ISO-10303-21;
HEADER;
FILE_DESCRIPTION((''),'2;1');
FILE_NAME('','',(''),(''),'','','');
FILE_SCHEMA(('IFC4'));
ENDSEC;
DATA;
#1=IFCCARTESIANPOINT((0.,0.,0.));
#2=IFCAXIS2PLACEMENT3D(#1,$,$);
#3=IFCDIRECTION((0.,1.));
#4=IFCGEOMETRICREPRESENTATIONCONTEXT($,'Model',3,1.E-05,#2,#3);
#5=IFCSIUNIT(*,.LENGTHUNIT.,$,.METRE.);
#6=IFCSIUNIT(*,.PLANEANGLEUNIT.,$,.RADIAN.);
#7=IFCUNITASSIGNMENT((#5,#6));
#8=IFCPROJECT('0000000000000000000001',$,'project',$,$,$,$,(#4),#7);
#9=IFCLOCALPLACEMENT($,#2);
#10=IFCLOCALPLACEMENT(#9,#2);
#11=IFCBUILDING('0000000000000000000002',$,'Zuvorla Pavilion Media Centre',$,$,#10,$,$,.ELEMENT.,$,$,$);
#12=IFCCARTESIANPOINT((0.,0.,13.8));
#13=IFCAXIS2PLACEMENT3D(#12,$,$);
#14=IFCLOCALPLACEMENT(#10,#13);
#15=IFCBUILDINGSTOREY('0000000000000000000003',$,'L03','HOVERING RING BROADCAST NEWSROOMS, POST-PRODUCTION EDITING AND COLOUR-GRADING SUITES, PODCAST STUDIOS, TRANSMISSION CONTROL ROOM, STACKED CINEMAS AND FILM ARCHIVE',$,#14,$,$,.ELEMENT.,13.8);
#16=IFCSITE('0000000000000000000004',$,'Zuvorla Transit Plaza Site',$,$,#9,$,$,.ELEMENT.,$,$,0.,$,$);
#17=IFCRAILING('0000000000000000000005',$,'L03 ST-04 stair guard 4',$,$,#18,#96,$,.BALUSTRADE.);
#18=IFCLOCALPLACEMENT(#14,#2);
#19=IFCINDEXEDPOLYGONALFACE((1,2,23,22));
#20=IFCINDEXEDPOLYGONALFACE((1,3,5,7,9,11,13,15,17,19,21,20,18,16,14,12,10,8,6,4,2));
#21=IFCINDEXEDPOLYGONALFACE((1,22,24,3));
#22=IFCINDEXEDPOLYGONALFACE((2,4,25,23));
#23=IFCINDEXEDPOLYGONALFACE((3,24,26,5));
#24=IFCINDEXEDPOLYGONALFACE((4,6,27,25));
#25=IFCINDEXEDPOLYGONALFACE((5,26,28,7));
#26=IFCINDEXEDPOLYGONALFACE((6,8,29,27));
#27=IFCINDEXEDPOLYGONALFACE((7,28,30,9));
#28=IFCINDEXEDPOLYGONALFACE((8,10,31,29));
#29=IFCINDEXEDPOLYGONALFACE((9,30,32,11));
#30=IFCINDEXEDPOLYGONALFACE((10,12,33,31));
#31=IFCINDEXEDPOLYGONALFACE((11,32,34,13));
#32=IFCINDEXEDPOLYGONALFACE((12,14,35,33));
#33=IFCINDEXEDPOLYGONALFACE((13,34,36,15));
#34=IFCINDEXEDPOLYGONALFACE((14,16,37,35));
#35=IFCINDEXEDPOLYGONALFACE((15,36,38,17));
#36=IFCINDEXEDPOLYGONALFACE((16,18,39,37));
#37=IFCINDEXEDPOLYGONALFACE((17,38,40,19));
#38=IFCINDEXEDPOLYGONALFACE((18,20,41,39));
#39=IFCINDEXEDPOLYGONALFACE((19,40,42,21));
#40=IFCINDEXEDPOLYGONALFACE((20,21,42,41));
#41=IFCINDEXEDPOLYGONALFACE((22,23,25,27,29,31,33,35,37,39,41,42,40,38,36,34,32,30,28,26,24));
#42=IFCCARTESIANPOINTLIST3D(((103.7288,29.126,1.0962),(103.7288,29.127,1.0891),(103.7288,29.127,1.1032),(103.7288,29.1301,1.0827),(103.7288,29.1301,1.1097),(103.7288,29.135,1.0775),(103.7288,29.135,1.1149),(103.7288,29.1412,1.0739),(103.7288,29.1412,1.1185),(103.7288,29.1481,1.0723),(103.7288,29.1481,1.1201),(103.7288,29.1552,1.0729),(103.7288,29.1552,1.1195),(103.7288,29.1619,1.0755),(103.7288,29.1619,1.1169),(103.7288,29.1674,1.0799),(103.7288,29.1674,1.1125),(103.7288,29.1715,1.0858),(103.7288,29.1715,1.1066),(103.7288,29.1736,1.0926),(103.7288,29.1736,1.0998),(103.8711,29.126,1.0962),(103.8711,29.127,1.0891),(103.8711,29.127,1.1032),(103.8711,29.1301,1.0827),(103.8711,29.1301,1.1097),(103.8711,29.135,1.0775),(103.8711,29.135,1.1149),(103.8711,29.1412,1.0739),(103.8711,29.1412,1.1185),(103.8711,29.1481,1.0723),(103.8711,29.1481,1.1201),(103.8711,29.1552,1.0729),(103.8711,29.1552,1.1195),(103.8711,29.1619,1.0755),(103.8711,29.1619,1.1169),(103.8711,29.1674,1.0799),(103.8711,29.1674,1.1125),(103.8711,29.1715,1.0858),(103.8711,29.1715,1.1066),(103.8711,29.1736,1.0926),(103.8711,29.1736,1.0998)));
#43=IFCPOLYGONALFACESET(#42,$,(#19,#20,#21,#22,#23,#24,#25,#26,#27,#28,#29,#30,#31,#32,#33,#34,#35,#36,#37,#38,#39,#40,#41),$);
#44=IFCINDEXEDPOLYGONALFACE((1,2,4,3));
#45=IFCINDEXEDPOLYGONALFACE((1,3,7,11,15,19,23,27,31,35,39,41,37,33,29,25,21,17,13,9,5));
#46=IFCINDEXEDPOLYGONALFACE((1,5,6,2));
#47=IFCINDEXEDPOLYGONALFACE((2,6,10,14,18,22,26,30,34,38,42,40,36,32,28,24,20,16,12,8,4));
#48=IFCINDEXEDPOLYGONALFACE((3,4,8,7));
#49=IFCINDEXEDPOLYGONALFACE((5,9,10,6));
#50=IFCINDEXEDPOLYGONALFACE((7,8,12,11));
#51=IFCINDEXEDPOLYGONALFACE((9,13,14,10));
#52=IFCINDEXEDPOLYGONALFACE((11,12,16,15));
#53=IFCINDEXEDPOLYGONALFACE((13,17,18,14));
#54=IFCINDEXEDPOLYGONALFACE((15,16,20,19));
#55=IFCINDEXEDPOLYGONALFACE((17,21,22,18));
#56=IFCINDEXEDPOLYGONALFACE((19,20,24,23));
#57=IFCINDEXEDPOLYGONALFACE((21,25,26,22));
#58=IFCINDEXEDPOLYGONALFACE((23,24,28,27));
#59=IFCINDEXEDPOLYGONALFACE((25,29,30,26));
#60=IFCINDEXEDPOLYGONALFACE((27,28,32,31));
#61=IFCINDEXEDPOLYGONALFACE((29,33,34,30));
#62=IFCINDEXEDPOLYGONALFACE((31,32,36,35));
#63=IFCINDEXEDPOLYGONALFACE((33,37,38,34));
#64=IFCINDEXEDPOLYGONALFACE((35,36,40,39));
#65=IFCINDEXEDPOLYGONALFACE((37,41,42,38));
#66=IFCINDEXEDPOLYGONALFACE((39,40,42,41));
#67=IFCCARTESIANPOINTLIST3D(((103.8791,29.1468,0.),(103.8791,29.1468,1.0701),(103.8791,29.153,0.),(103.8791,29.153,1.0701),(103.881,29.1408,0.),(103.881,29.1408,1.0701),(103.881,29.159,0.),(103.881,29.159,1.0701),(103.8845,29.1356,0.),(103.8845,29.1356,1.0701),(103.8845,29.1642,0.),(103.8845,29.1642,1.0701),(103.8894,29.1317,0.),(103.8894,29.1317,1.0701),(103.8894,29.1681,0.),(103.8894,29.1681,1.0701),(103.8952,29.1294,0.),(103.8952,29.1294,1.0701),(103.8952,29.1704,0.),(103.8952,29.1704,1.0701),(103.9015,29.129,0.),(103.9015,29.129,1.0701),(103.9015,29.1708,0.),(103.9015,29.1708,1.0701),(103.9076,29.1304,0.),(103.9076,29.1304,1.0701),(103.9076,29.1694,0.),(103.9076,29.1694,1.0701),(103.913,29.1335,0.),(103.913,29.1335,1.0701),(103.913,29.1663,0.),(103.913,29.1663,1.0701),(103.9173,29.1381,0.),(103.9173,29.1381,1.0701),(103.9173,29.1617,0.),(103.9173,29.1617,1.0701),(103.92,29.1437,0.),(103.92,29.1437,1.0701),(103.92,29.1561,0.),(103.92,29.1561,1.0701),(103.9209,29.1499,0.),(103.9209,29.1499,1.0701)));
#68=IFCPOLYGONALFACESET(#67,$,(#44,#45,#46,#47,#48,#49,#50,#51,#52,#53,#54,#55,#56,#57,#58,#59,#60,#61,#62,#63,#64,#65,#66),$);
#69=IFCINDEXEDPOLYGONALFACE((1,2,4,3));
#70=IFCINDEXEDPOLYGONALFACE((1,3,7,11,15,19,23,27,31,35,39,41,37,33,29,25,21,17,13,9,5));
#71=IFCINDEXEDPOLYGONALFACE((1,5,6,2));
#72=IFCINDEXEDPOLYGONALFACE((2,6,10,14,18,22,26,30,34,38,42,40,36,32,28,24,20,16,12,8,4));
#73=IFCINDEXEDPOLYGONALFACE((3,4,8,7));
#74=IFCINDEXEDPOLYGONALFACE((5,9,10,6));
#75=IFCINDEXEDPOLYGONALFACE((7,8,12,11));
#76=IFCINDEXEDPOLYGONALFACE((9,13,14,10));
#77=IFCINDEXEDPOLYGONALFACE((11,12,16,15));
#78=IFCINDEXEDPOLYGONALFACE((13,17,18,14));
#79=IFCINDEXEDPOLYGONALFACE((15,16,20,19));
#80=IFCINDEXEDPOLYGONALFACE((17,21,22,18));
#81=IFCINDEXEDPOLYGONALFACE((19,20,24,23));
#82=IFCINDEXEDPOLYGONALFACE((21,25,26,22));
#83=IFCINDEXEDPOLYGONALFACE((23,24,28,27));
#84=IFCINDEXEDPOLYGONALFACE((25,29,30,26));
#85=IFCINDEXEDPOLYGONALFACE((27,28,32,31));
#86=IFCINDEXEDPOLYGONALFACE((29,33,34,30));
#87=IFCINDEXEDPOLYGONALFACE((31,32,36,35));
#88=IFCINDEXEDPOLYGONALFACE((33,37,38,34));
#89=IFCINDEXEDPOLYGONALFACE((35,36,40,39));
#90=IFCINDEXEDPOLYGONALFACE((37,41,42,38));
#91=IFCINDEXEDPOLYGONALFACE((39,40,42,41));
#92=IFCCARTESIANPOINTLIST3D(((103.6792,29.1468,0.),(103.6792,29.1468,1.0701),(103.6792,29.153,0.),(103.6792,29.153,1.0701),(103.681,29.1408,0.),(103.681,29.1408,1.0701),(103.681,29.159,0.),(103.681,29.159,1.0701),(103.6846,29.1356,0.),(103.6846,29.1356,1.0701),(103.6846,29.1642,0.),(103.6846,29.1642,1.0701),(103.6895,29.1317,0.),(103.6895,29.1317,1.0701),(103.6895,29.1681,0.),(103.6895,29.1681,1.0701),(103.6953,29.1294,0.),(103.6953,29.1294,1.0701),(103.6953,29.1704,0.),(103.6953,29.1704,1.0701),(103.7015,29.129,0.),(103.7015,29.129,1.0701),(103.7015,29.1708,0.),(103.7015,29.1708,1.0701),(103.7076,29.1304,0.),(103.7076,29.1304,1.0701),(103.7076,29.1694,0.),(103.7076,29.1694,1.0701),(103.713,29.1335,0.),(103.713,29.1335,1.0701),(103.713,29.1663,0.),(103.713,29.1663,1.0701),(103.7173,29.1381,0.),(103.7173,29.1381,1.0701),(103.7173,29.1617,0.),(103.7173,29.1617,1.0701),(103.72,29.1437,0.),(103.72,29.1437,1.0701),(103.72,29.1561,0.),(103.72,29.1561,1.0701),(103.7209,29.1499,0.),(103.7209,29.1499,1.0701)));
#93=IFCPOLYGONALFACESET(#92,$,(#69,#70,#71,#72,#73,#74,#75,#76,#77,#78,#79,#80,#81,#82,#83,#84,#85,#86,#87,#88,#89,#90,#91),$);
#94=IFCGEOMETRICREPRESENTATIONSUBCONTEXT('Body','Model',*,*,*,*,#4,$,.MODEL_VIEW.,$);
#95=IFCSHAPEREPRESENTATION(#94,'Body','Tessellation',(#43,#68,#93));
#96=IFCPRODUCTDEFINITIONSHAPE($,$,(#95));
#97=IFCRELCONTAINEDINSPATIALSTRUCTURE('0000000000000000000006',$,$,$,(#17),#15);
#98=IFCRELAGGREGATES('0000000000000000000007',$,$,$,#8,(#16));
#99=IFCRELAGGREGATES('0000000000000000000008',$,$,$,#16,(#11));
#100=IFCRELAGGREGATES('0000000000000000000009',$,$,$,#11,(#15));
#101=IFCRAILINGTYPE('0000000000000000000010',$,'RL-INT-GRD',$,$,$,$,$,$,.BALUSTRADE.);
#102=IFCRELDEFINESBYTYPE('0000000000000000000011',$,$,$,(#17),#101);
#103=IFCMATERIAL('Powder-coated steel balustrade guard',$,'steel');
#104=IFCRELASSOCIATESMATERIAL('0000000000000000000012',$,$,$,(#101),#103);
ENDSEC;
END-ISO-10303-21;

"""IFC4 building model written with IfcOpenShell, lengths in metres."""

from ifc_helpers import new_model, si_unit, direction, frame, origin, origin_2d, place, context, subcontext, project, spatial, circle, extrude, material, type_object, element, save


model = new_model("IFC4")

# Units and contexts
model_context = context("Model", 3, precision=1e-05, world=origin(), true_north=direction((0.0, 1.0)))
body_context = subcontext(model_context, "Body", "Model", "MODEL_VIEW")
ifc_project = project(units=[si_unit("LENGTHUNIT", "METRE"), si_unit("PLANEANGLEUNIT", "RADIAN")], contexts=[model_context])

# Site, building, storey
site_placement = place(None, origin())
site = spatial("IfcSite", under=ifc_project, at=site_placement, Name="Zuvorla Transit Plaza Site", CompositionType="ELEMENT", RefElevation=0.0)
building_placement = place(site_placement, origin())
building = spatial("IfcBuilding", under=site, at=building_placement, Name="Zuvorla Pavilion Media Centre", CompositionType="ELEMENT")
storey_placement = place(building_placement, frame((0.0, 0.0, 13.8)))
storey = spatial("IfcBuildingStorey", under=building, at=storey_placement, Name="L03", Description="HOVERING RING BROADCAST NEWSROOMS, POST-PRODUCTION EDITING AND COLOUR-GRADING SUITES, PODCAST STUDIOS, TRANSMISSION CONTROL ROOM, STACKED CINEMAS AND FILM ARCHIVE", CompositionType="ELEMENT", Elevation=13.8)

# Railing
ifc_material_1 = material(Name="Powder-coated steel balustrade guard", Category="steel")
railing_type_1 = type_object("IfcRailingType", Name="RL-INT-GRD", PredefinedType="BALUSTRADE", material=ifc_material_1)
railing_1_placement = place(storey_placement, frame((103.8999, 29.1499, 0.0)))
element("IfcRailing", 1, at=railing_1_placement, inside=storey, type_object=railing_type_1, Name="L03 ST-04 stair guard 4", PredefinedType="BALUSTRADE", context=body_context, shape_type="SweptSolid", body=[
    extrude(circle(Radius=0.0239, at=origin_2d()), frame((-0.0288, 0.0, 1.0962), z_axis=(-1.0, 0.0, 0.0), x_axis=(0.0, -1.0, 0.0)), (0.0, 0.0, 1.0), 0.1423),
    extrude(circle(Radius=0.021, at=origin_2d()), origin(), (0.0, 0.0, 1.0), 1.0701),
    extrude(circle(Radius=0.021, at=origin_2d()), frame((-0.2, 0.0, 0.0)), (0.0, 0.0, 1.0), 1.0701),
])

save(model, "model.ifc")
